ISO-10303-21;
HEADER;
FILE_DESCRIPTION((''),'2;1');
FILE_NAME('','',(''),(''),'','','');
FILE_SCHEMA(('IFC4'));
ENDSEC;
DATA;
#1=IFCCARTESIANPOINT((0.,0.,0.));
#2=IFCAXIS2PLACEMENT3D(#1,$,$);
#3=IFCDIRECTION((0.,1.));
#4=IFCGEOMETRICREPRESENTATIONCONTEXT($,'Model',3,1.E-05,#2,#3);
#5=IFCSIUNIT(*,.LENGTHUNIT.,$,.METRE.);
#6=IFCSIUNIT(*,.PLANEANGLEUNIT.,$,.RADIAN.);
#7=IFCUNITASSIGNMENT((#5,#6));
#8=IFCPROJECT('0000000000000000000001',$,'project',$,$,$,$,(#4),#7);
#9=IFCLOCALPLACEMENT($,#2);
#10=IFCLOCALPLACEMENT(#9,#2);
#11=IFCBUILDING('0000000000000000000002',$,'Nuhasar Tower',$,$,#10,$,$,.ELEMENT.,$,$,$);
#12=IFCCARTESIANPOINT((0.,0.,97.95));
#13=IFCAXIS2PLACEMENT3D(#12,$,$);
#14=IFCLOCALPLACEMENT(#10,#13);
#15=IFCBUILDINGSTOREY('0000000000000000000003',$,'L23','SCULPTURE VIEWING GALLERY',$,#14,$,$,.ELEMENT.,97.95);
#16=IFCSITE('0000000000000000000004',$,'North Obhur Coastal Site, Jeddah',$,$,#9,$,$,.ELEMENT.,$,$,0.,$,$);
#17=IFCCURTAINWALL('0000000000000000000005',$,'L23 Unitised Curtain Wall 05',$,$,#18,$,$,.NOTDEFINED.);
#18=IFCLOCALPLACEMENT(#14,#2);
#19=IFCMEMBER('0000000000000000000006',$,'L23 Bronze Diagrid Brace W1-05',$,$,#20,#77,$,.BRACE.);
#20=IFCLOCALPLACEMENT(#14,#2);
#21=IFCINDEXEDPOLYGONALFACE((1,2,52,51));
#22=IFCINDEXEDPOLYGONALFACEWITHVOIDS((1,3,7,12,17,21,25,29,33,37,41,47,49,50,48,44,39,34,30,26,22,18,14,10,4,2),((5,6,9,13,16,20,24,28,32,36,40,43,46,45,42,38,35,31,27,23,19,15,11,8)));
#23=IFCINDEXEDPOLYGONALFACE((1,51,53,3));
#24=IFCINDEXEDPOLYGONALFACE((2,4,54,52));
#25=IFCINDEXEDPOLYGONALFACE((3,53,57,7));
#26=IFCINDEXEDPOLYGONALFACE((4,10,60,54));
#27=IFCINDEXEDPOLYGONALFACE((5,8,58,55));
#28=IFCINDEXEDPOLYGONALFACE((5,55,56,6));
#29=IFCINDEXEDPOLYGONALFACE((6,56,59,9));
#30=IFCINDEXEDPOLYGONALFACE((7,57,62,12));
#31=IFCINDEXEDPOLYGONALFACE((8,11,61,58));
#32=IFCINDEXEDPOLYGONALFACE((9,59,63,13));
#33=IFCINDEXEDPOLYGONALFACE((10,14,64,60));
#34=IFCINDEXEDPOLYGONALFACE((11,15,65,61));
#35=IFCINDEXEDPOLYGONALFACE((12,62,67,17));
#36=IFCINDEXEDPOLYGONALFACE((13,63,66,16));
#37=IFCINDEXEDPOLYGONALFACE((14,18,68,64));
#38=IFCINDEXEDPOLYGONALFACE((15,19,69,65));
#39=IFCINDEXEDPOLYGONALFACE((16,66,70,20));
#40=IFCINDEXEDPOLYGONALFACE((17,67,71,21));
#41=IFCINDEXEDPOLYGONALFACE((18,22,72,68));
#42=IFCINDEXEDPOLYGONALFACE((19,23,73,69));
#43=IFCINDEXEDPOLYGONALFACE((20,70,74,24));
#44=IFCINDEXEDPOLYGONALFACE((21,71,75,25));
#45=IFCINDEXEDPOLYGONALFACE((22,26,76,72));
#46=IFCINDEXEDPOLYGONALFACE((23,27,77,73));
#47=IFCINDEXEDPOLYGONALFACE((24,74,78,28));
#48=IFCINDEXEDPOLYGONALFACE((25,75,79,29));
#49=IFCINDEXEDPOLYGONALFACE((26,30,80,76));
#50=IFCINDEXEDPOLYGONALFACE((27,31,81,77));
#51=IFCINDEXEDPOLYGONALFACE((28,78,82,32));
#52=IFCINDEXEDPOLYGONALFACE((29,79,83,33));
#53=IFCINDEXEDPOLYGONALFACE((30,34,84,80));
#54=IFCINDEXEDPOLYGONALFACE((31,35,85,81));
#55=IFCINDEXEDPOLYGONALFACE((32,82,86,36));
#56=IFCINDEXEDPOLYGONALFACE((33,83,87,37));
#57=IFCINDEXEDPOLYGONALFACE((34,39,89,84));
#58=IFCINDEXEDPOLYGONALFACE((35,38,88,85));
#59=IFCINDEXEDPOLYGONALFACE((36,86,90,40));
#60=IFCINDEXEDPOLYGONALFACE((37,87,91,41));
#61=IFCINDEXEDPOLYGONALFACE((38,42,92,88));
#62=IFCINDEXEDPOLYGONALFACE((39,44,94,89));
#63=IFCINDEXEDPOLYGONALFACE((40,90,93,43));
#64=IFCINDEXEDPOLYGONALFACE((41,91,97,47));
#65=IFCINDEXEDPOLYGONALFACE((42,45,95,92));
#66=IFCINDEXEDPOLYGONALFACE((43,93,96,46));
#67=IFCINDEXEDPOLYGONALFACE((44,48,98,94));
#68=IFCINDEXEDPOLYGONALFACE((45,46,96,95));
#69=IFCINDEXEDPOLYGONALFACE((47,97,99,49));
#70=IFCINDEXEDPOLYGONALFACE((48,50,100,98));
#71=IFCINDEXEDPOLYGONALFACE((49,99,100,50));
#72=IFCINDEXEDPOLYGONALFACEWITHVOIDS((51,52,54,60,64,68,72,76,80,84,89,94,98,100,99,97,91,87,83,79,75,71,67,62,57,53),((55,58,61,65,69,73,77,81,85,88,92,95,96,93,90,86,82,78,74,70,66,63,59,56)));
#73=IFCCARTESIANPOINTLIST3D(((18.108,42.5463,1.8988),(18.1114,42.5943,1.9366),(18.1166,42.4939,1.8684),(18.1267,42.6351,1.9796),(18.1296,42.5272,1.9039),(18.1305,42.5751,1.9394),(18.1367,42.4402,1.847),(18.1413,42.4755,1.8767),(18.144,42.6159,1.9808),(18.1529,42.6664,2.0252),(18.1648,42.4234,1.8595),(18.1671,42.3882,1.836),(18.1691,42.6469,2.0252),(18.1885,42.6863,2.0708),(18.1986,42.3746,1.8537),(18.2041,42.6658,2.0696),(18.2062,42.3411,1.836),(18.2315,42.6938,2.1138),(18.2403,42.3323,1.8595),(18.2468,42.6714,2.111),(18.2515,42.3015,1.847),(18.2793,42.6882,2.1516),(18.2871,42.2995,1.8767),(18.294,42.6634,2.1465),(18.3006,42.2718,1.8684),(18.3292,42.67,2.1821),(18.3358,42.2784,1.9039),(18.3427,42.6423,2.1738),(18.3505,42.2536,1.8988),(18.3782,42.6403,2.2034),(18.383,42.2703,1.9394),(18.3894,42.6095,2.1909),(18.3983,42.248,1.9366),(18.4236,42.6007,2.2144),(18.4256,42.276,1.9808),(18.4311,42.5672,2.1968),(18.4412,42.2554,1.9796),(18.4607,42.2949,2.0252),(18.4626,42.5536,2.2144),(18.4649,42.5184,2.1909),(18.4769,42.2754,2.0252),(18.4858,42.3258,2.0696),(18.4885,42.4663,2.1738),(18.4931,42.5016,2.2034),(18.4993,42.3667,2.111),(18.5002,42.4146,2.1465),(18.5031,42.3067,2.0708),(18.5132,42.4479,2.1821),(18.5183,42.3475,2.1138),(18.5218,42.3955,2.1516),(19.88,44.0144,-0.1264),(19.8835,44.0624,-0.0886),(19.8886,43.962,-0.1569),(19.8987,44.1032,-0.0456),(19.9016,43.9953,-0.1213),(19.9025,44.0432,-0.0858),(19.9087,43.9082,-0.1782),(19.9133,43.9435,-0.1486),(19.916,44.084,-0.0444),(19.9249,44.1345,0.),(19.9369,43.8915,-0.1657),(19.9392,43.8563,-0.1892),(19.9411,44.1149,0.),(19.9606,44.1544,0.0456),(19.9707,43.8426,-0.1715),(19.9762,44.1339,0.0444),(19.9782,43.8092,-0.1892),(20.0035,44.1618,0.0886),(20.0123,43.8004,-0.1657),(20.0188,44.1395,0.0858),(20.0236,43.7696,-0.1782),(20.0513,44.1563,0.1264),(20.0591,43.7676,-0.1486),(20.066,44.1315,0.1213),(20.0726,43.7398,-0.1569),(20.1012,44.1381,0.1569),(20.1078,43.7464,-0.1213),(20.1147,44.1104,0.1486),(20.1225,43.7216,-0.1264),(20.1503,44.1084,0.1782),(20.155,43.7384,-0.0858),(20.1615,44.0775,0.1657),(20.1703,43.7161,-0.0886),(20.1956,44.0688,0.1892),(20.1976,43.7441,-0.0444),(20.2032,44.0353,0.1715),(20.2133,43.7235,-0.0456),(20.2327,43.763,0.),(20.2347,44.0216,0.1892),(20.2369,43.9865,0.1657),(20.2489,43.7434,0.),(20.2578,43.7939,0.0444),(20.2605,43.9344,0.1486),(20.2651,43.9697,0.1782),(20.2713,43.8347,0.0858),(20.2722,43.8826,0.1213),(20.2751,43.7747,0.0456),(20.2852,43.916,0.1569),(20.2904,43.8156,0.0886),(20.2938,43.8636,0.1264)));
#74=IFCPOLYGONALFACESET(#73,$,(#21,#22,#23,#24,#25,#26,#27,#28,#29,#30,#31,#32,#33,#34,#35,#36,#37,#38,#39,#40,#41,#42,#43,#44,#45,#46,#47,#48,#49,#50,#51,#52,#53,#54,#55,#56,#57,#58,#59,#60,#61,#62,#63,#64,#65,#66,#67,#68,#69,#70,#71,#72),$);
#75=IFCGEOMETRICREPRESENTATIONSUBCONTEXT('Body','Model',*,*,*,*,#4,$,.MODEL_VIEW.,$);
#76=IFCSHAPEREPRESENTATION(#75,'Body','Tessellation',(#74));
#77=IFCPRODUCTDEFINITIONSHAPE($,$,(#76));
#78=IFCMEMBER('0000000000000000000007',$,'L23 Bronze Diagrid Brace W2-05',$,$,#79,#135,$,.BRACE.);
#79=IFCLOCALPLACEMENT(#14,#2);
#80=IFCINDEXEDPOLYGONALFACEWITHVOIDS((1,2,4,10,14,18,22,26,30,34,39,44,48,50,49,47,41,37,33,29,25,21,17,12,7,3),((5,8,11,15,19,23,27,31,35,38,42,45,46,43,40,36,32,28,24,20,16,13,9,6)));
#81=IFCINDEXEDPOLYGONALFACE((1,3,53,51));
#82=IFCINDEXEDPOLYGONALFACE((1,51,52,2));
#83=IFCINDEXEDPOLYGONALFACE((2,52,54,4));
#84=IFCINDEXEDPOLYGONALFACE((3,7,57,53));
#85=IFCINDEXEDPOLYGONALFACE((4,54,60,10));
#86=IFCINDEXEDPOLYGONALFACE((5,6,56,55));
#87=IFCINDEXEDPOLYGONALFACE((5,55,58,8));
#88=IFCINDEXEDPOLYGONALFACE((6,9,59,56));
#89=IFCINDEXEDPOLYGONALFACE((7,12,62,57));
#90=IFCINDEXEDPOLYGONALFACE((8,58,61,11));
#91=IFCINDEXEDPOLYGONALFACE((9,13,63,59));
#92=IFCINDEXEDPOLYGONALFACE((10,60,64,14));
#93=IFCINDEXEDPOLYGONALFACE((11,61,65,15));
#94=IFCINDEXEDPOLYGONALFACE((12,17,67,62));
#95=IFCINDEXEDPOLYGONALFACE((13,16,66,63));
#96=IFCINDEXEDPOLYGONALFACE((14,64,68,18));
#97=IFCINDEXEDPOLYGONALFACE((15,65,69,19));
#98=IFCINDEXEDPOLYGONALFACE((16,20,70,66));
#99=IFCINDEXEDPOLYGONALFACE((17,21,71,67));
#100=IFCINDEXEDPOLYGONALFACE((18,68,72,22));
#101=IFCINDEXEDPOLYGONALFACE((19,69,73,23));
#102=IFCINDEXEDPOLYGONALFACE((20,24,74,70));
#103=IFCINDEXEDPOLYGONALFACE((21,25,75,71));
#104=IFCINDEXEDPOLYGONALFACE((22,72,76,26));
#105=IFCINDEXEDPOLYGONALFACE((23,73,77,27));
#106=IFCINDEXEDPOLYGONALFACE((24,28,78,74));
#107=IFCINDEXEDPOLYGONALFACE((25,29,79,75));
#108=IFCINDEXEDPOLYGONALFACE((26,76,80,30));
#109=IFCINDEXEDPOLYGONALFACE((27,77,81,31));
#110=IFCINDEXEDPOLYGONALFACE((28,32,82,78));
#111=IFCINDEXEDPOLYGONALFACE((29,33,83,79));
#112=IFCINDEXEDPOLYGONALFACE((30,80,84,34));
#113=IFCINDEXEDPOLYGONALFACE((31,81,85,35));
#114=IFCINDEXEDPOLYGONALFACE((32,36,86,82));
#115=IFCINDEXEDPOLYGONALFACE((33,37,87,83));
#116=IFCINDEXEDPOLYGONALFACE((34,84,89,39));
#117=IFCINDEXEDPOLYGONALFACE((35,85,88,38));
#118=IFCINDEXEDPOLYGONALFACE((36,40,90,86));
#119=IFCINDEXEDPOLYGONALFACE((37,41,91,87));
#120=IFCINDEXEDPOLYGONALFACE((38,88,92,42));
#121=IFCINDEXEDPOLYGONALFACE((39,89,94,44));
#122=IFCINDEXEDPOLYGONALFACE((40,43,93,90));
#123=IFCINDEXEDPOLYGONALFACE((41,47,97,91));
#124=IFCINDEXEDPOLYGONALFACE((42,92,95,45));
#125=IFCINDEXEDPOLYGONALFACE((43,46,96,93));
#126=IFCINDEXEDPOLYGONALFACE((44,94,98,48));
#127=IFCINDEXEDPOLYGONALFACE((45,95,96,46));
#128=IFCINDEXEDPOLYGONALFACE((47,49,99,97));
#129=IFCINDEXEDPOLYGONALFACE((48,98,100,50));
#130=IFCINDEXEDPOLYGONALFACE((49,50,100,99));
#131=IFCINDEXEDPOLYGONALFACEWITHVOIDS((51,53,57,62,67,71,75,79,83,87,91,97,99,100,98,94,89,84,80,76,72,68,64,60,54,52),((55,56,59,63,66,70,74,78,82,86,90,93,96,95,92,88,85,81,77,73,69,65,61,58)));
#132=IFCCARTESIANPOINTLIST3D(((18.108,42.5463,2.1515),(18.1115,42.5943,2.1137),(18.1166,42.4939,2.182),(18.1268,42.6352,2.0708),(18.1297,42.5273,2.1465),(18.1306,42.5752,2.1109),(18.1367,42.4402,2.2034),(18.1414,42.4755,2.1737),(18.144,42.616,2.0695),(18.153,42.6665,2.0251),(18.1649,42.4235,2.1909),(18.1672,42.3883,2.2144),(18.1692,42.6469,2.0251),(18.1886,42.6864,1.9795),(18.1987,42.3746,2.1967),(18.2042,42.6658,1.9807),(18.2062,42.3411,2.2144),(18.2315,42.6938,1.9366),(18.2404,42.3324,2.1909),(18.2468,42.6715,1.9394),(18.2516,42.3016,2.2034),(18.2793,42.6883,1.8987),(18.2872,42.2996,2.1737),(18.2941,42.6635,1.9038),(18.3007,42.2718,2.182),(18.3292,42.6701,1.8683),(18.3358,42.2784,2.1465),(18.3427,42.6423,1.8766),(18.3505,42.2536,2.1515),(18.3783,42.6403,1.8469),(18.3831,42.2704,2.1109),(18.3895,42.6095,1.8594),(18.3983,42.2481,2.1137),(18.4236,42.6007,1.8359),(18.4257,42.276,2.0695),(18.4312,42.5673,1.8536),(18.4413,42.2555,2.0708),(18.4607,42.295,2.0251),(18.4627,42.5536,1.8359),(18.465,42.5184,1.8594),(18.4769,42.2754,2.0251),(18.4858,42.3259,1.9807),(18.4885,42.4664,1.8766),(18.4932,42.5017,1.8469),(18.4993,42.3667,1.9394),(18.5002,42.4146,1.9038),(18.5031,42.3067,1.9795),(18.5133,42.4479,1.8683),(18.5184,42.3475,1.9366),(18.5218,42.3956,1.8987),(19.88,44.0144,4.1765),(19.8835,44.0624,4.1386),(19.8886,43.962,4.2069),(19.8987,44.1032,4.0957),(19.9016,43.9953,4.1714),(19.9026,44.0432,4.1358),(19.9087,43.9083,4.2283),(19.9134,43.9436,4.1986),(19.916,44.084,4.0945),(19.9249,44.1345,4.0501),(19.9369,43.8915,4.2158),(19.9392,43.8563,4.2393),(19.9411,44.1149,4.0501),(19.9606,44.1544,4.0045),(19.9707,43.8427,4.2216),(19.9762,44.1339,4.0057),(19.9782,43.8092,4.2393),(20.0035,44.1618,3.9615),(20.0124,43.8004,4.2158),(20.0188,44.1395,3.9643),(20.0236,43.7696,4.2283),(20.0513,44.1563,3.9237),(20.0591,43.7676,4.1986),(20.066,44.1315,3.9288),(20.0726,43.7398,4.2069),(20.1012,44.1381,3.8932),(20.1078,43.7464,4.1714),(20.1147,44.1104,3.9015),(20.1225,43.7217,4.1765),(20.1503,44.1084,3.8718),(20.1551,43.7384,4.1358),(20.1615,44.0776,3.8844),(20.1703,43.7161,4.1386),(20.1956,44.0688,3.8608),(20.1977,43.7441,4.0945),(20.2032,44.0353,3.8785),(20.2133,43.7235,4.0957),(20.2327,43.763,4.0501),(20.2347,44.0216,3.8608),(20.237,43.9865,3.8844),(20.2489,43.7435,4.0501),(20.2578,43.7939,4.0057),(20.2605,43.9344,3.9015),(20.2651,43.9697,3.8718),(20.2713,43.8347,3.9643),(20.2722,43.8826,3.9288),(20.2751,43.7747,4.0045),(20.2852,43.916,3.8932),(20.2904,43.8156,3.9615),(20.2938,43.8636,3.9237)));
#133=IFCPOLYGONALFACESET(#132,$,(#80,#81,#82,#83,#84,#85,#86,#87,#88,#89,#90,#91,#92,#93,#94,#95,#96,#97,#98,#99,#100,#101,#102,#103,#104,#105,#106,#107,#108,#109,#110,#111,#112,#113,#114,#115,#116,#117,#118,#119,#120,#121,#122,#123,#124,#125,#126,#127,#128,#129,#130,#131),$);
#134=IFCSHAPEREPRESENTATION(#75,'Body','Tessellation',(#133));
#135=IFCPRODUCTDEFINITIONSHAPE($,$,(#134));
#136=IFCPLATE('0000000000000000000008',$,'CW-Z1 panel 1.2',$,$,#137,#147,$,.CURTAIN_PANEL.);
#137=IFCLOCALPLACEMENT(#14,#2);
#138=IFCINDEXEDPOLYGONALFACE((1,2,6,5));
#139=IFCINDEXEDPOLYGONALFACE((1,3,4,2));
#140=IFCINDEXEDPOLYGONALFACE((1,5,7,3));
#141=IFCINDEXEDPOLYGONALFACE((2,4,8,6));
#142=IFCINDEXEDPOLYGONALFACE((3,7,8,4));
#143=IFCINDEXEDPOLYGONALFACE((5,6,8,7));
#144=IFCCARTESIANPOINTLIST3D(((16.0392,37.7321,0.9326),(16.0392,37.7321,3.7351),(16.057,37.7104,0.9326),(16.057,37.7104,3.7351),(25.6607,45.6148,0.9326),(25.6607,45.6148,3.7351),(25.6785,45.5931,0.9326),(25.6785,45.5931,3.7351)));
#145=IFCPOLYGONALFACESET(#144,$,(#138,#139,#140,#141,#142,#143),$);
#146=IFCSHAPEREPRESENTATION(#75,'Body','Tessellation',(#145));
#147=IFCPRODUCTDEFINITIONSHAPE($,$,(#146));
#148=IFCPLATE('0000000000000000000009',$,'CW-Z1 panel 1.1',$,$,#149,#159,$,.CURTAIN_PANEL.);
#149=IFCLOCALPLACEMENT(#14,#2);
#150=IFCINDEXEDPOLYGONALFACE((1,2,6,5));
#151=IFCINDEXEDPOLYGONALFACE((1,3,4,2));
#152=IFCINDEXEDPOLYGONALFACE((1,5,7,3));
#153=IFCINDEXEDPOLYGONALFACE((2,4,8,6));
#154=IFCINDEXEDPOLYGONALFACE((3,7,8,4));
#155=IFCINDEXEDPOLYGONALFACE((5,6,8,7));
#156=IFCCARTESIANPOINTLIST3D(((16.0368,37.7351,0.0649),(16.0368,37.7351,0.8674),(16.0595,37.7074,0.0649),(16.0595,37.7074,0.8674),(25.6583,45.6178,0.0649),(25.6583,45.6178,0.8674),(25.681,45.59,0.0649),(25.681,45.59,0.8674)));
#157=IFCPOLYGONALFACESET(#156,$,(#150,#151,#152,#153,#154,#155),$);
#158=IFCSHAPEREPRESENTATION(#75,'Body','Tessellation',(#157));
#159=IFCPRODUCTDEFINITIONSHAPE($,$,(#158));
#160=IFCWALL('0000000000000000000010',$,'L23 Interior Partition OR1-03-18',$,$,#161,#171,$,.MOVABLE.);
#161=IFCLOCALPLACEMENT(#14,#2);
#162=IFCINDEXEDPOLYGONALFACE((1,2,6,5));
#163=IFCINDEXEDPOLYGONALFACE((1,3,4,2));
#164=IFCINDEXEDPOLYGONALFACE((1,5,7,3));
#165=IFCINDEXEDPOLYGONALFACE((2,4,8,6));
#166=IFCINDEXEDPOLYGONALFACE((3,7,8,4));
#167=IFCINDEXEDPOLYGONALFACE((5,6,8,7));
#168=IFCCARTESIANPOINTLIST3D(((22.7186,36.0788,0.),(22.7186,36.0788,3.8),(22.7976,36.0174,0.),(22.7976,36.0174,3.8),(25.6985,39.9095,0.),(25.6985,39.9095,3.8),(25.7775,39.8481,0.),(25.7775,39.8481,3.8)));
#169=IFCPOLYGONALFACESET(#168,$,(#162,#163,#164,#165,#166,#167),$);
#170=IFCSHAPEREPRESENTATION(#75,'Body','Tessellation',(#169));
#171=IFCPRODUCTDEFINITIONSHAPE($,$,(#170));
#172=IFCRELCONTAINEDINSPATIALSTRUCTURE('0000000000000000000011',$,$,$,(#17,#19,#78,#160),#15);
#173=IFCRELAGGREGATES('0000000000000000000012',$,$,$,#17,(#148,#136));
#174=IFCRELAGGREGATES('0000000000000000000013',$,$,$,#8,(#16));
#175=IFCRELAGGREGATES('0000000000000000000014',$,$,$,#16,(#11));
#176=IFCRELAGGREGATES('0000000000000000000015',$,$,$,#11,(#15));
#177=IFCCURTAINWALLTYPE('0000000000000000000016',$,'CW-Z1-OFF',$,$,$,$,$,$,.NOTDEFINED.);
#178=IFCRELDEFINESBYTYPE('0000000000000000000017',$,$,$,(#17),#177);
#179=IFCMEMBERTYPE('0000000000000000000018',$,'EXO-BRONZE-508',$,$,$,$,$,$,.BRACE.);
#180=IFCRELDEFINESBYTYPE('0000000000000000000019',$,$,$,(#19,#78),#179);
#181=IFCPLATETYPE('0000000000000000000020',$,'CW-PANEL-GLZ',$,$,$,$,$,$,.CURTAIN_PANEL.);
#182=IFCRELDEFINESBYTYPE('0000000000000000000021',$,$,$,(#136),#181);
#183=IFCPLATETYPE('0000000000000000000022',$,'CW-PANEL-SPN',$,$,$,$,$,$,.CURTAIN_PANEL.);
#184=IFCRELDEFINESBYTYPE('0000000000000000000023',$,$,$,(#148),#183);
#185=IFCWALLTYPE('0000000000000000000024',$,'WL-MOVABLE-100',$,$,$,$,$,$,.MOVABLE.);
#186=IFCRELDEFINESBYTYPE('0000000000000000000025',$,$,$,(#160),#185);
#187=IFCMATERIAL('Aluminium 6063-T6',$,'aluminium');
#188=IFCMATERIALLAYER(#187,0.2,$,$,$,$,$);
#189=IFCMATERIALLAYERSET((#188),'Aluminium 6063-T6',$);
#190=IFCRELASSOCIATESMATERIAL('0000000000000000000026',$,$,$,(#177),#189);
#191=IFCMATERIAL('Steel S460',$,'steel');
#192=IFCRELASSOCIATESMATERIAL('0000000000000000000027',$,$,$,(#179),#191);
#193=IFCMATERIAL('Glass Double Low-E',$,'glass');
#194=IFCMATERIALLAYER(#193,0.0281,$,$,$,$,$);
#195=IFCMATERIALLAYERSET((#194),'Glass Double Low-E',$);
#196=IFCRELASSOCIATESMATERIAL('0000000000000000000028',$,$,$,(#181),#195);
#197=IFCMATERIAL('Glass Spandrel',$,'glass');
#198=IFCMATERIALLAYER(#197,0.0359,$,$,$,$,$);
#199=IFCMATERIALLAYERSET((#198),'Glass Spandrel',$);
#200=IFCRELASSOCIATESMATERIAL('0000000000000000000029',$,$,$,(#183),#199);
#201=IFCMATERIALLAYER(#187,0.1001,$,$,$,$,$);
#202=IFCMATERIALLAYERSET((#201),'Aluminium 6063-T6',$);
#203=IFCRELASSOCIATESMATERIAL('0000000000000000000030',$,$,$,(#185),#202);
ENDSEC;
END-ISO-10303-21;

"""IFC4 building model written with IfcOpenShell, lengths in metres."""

from ifc_helpers import new_model, si_unit, direction, frame, frame_2d, origin, origin_2d, place, context, subcontext, project, spatial, rectangle, hollow_circle, extrude, material, layer, layer_set, material_profile, profile_set, type_object, element, aggregate, save


model = new_model("IFC4")

# Units and contexts
model_context = context("Model", 3, precision=1e-05, world=origin(), true_north=direction((0.0, 1.0)))
body_context = subcontext(model_context, "Body", "Model", "MODEL_VIEW")
ifc_project = project(units=[si_unit("LENGTHUNIT", "METRE"), si_unit("PLANEANGLEUNIT", "RADIAN")], contexts=[model_context])

# Site, building, storey
site_placement = place(None, origin())
site = spatial("IfcSite", under=ifc_project, at=site_placement, Name="North Obhur Coastal Site, Jeddah", CompositionType="ELEMENT", RefElevation=0.0)
building_placement = place(site_placement, origin())
building = spatial("IfcBuilding", under=site, at=building_placement, Name="Nuhasar Tower", CompositionType="ELEMENT")
storey_placement = place(building_placement, frame((0.0, 0.0, 97.95)))
storey = spatial("IfcBuildingStorey", under=building, at=storey_placement, Name="L23", Description="SCULPTURE VIEWING GALLERY", CompositionType="ELEMENT", Elevation=97.95)

# Shared definitions
ifc_material_1 = material(Name="Aluminium 6063-T6", Category="aluminium")
ifc_layer_1 = layer(ifc_material_1, 0.2)
ifc_layer_set_1 = layer_set([ifc_layer_1], Name="Aluminium 6063-T6")
curtain_wall_type = type_object("IfcCurtainWallType", Name="CW-Z1-OFF", PredefinedType="NOTDEFINED", material=ifc_layer_set_1)

# Curtain wall
curtain_wall_1_placement = place(storey_placement, origin())
curtain_wall_1 = element("IfcCurtainWall", 1, at=curtain_wall_1_placement, inside=storey, type_object=curtain_wall_type, Name="L23 Unitised Curtain Wall 05", PredefinedType="NOTDEFINED")

# Members
ifc_material_2 = material(Name="Steel S460", Category="steel")
ifc_material_profile_1 = material_profile(ifc_material_2, hollow_circle(Radius=0.2539, WallThickness=0.0254, at=origin_2d()), Name="HSS508X25.4")
ifc_profile_set_1 = profile_set([ifc_material_profile_1], Name="Steel S460")
member_type_1 = type_object("IfcMemberType", Name="EXO-BRONZE-508", PredefinedType="BRACE", material=ifc_profile_set_1)
member_1_placement = place(storey_placement, frame((20.0869, 43.939, 0.0), z_axis=(-0.578071, -0.478912, 0.660664), x_axis=(0.637969, -0.770062, 0.0)))
element("IfcMember", 2, at=member_1_placement, inside=storey, type_object=member_type_1, Name="L23 Bronze Diagrid Brace W1-05", PredefinedType="BRACE", context=body_context, shape_type="SweptSolid", body=[
    extrude(hollow_circle(Radius=0.2539, WallThickness=0.0254, at=origin_2d()), origin(), (0.0, 0.0, 1.0), 3.0654),
])
member_2_placement = place(storey_placement, frame((18.3149, 42.4709, 2.0251), z_axis=(0.578102, 0.478937, 0.660619), x_axis=(-0.637969, 0.770062, 0.0)))
element("IfcMember", 3, at=member_2_placement, inside=storey, type_object=member_type_1, Name="L23 Bronze Diagrid Brace W2-05", PredefinedType="BRACE", context=body_context, shape_type="SweptSolid", body=[
    extrude(hollow_circle(Radius=0.2539, WallThickness=0.0254, at=origin_2d()), origin(), (0.0, 0.0, 1.0), 3.0652),
])

# Plates
ifc_material_3 = material(Name="Glass Double Low-E", Category="glass")
ifc_layer_2 = layer(ifc_material_3, 0.0281)
ifc_layer_set_2 = layer_set([ifc_layer_2], Name="Glass Double Low-E")
plate_type_1 = type_object("IfcPlateType", Name="CW-PANEL-GLZ", PredefinedType="CURTAIN_PANEL", material=ifc_layer_set_2)
plate_1_placement = place(storey_placement, frame((20.8589, 41.6626, 0.9326), z_axis=(0.0, 0.0, 1.0), x_axis=(-0.773542, -0.633745, 0.0)))
plate_1 = element("IfcPlate", 4, at=plate_1_placement, type_object=plate_type_1, Name="CW-Z1 panel 1.2", PredefinedType="CURTAIN_PANEL", context=body_context, shape_type="SweptSolid", body=[
    extrude(rectangle(XDim=12.4382, YDim=0.0281, at=origin_2d()), origin(), (0.0, 0.0, 1.0), 2.8025),
])
ifc_material_4 = material(Name="Glass Spandrel", Category="glass")
ifc_layer_3 = layer(ifc_material_4, 0.0359)
ifc_layer_set_3 = layer_set([ifc_layer_3], Name="Glass Spandrel")
plate_type_2 = type_object("IfcPlateType", Name="CW-PANEL-SPN", PredefinedType="CURTAIN_PANEL", material=ifc_layer_set_3)
plate_2_placement = place(storey_placement, frame((20.8589, 41.6626, 0.0649), z_axis=(0.0, 0.0, 1.0), x_axis=(-0.773542, -0.633745, 0.0)))
plate_2 = element("IfcPlate", 5, at=plate_2_placement, type_object=plate_type_2, Name="CW-Z1 panel 1.1", PredefinedType="CURTAIN_PANEL", context=body_context, shape_type="SweptSolid", body=[
    extrude(rectangle(XDim=12.4382, YDim=0.0359, at=origin_2d()), origin(), (0.0, 0.0, 1.0), 0.8025),
])
aggregate(curtain_wall_1, [plate_2, plate_1])

# Wall
ifc_layer_4 = layer(ifc_material_1, 0.1001)
ifc_layer_set_4 = layer_set([ifc_layer_4], Name="Aluminium 6063-T6")
wall_type_1 = type_object("IfcWallType", Name="WL-MOVABLE-100", PredefinedType="MOVABLE", material=ifc_layer_set_4)
wall_1_placement = place(storey_placement, frame((25.738, 39.8789, 0.0), z_axis=(0.0, 0.0, 1.0), x_axis=(-0.614, -0.789306, 0.0)))
element("IfcWall", 6, at=wall_1_placement, inside=storey, type_object=wall_type_1, Name="L23 Interior Partition OR1-03-18", PredefinedType="MOVABLE", context=body_context, shape_type="SweptSolid", body=[
    extrude(rectangle(XDim=4.8533, YDim=0.1001, at=frame_2d((2.4268, 0.0))), origin(), (0.0, 0.0, 1.0), 3.8),
])

save(model, "model.ifc")
